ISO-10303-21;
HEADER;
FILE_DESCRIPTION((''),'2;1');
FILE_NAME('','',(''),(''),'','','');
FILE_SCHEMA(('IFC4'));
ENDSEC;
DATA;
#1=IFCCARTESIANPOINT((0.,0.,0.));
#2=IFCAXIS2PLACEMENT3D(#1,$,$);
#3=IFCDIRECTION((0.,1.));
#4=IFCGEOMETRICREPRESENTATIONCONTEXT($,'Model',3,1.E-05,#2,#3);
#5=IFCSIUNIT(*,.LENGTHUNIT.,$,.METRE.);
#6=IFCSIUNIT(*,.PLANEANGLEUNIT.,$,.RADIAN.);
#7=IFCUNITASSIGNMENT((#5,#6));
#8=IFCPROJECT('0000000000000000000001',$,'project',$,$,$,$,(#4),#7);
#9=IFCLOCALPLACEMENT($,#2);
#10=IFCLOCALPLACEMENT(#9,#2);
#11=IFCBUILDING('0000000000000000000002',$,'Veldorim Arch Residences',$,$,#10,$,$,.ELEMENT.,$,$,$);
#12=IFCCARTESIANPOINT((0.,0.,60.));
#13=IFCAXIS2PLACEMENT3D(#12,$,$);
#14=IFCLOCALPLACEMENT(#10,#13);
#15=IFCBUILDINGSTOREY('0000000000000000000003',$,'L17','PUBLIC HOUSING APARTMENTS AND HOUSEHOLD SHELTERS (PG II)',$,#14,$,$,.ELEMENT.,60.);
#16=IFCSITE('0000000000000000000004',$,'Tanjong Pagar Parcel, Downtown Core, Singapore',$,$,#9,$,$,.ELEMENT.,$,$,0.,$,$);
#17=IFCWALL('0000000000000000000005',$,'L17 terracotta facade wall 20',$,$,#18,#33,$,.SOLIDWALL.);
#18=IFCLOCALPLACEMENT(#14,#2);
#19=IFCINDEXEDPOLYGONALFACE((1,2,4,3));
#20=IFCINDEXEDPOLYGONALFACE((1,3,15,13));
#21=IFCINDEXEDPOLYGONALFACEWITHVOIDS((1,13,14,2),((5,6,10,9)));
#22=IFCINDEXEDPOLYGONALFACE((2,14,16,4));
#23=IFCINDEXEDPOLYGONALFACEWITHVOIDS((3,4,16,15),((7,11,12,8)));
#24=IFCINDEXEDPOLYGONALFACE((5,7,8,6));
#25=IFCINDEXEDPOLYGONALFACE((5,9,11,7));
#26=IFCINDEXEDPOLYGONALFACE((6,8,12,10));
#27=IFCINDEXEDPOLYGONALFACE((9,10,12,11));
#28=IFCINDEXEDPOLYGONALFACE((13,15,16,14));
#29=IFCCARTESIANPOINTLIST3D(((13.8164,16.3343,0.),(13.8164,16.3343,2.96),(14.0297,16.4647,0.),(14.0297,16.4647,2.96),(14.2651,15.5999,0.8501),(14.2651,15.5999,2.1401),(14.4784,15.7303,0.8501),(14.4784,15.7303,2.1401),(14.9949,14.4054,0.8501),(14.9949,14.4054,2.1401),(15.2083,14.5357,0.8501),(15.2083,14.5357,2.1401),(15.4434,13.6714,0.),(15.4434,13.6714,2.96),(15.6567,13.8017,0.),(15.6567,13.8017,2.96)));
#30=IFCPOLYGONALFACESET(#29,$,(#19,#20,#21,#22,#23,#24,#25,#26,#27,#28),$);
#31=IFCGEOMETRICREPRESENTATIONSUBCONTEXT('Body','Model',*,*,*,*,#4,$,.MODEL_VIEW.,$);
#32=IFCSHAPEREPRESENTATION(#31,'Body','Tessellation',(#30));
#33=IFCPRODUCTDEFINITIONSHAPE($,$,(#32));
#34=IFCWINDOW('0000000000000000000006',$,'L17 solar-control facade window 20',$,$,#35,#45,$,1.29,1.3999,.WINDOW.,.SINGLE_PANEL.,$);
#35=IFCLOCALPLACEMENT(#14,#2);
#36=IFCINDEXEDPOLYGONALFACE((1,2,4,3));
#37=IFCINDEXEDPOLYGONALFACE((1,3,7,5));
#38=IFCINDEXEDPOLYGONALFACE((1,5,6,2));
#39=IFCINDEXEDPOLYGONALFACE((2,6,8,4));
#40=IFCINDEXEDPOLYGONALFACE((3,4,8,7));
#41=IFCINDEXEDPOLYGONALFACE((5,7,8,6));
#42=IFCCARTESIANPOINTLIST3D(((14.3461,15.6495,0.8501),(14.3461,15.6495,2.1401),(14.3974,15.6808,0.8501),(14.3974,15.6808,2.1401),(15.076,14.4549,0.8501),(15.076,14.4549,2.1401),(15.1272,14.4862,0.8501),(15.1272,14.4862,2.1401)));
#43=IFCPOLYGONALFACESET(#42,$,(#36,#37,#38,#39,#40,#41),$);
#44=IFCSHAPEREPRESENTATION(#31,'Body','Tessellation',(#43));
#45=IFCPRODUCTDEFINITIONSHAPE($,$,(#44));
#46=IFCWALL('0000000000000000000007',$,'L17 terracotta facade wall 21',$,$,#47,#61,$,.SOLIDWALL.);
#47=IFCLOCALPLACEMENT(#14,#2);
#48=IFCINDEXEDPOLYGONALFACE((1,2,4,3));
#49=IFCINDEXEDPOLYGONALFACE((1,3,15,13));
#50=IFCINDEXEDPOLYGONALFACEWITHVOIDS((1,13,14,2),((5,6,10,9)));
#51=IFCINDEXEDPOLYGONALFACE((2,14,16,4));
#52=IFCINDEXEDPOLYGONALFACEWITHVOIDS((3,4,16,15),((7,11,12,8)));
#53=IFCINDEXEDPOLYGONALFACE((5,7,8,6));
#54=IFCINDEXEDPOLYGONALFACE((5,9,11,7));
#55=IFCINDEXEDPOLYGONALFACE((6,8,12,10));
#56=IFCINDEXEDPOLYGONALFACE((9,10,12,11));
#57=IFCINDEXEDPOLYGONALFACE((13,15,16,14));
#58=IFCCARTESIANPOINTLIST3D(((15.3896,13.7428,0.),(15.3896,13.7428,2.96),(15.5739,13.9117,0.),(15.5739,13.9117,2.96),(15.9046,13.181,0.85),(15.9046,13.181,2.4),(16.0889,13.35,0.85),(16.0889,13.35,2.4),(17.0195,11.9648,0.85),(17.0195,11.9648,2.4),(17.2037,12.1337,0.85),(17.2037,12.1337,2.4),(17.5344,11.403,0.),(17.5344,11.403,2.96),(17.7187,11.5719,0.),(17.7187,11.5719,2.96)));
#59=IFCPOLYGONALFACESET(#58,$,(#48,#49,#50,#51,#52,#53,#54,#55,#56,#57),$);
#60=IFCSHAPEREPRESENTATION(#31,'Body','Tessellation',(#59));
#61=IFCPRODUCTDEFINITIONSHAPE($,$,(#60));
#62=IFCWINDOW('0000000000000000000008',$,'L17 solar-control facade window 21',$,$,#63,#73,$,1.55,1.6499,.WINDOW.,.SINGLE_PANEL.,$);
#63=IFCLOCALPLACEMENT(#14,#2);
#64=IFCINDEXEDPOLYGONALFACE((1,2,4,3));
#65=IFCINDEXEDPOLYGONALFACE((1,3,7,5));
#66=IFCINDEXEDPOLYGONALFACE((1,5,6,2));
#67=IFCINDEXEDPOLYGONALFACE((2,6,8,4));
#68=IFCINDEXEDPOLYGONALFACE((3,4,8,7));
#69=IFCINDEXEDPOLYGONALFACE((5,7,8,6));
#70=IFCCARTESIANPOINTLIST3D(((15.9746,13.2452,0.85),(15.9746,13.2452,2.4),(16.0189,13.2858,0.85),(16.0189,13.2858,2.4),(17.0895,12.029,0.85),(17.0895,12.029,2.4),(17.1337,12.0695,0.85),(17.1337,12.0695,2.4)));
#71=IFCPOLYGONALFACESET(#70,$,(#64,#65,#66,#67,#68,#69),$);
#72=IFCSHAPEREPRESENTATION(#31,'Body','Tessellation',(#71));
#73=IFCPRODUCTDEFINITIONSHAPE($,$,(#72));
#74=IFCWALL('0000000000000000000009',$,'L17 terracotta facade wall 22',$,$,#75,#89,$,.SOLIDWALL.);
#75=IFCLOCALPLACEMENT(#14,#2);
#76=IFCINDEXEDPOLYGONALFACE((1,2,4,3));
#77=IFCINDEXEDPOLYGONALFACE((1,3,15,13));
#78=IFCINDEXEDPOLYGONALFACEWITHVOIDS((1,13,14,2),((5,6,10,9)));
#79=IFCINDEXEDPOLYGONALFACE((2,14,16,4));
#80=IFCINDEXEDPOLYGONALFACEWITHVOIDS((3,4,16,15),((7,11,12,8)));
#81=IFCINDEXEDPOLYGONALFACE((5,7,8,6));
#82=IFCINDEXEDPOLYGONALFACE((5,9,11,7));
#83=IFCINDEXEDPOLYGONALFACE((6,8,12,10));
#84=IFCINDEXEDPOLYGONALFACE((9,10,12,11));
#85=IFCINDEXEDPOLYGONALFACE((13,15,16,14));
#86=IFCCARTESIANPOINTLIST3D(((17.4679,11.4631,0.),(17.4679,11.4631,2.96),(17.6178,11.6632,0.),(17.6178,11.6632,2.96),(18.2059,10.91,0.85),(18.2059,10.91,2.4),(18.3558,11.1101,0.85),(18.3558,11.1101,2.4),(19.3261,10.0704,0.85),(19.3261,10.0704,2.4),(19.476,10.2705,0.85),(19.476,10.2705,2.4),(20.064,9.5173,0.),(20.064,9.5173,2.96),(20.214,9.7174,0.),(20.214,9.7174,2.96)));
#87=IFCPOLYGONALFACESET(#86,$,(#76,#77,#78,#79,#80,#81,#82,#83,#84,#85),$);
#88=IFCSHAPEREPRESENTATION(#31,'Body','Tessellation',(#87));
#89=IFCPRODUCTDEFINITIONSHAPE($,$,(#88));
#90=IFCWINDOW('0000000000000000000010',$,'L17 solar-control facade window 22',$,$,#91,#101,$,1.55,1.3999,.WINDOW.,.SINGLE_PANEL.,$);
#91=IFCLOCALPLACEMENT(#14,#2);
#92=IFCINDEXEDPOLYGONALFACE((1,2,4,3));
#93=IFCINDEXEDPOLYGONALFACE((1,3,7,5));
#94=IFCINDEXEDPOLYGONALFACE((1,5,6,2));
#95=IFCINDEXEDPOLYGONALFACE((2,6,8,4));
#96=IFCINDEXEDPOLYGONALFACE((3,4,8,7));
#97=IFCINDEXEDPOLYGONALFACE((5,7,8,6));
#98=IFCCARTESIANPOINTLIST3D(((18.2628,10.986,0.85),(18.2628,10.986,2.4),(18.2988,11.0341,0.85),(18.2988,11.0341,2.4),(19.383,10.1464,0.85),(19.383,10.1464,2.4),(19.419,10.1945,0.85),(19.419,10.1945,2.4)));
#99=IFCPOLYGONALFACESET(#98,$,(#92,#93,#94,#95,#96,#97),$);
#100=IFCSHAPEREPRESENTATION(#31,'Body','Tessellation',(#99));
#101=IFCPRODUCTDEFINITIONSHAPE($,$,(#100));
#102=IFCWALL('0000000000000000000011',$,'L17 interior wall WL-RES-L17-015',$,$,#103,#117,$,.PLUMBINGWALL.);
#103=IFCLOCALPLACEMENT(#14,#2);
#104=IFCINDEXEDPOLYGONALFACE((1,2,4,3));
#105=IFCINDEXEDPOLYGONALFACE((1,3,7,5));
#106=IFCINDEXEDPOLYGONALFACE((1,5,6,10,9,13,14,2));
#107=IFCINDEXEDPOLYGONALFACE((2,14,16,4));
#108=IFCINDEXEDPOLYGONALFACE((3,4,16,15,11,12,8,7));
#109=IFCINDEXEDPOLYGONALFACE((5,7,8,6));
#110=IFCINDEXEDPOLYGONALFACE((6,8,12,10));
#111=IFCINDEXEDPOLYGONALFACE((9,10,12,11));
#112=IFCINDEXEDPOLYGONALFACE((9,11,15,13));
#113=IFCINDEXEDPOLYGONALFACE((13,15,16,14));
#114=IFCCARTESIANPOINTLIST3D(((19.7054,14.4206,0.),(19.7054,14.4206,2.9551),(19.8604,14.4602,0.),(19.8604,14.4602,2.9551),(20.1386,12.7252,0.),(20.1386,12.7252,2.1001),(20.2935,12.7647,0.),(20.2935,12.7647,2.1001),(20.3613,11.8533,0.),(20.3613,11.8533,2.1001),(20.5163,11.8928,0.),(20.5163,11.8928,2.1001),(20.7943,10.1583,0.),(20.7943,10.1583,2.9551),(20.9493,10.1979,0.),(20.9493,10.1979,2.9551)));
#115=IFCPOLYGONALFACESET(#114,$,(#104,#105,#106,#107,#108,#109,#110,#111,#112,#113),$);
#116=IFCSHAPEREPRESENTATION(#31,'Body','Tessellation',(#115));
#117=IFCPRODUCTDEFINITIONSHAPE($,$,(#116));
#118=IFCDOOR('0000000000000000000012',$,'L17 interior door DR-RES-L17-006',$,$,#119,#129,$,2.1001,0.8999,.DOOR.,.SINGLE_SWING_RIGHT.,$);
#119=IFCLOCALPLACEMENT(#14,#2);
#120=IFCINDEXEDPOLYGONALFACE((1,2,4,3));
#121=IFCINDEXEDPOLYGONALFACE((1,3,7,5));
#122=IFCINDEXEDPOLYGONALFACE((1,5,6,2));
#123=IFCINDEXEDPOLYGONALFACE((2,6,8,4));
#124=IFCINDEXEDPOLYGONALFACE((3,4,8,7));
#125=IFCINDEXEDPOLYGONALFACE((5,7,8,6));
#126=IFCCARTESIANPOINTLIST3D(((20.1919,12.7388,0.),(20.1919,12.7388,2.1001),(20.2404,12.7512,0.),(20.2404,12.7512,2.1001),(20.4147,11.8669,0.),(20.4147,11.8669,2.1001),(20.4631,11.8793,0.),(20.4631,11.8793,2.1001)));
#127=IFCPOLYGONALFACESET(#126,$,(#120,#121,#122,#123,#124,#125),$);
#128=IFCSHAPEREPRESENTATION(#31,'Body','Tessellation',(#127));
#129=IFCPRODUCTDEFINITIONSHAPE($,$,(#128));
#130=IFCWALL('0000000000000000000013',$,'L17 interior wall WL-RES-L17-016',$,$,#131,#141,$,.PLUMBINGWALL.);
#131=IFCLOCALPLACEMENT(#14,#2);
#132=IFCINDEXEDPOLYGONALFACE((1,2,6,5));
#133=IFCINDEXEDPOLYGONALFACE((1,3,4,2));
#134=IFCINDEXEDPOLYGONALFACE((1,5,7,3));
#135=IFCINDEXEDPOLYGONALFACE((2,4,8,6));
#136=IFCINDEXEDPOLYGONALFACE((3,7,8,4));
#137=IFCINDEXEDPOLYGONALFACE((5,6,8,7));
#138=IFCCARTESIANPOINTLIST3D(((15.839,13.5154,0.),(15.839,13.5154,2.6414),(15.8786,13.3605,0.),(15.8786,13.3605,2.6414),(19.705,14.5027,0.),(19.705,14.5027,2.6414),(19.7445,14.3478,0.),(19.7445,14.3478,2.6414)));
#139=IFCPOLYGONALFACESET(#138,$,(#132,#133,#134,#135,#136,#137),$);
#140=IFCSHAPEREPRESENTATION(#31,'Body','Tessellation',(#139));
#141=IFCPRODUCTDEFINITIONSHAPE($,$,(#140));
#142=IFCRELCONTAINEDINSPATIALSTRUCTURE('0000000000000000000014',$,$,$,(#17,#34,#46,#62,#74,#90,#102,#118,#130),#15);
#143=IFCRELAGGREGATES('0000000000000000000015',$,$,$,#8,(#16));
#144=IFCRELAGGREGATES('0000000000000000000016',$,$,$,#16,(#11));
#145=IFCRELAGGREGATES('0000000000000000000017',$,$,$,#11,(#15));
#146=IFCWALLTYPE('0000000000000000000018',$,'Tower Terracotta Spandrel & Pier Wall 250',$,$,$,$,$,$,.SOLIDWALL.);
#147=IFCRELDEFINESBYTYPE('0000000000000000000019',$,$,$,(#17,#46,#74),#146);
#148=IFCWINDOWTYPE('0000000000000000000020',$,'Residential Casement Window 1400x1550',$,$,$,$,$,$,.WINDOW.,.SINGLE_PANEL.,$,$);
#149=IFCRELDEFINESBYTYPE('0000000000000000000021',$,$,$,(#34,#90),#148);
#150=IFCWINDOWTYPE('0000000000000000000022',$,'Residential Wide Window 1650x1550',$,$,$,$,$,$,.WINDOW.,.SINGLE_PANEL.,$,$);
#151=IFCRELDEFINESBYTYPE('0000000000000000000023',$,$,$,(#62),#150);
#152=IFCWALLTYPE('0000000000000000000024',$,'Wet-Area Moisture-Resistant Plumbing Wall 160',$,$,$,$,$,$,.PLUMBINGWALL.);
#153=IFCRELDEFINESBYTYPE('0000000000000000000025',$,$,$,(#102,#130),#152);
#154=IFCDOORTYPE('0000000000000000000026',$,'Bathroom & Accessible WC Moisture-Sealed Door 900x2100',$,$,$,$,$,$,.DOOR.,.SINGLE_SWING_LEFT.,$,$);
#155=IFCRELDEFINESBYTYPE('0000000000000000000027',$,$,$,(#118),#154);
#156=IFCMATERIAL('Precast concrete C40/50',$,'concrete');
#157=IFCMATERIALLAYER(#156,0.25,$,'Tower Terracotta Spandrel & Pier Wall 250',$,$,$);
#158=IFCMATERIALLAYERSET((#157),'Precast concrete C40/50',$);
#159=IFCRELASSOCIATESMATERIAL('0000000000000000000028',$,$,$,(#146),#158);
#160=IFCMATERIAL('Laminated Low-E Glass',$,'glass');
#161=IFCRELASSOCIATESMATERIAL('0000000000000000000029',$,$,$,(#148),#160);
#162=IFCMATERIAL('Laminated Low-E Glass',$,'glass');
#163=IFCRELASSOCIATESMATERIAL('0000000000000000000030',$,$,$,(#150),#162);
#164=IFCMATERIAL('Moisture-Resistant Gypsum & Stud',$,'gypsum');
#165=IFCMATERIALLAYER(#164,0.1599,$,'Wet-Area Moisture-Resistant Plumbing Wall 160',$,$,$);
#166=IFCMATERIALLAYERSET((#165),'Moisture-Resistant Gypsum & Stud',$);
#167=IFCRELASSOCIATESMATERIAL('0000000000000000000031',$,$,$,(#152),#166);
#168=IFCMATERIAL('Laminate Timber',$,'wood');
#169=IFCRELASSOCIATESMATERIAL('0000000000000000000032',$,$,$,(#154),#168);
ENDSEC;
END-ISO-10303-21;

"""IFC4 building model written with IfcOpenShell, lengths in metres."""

from ifc_helpers import new_model, si_unit, direction, frame, frame_2d, origin, place, context, subcontext, project, spatial, rectangle, extrude, material, layer, layer_set, type_object, element, fill, save


model = new_model("IFC4")

# Units and contexts
model_context = context("Model", 3, precision=1e-05, world=origin(), true_north=direction((0.0, 1.0)))
body_context = subcontext(model_context, "Body", "Model", "MODEL_VIEW")
ifc_project = project(units=[si_unit("LENGTHUNIT", "METRE"), si_unit("PLANEANGLEUNIT", "RADIAN")], contexts=[model_context])

# Site, building, storey
site_placement = place(None, origin())
site = spatial("IfcSite", under=ifc_project, at=site_placement, Name="Tanjong Pagar Parcel, Downtown Core, Singapore", CompositionType="ELEMENT", RefElevation=0.0)
building_placement = place(site_placement, origin())
building = spatial("IfcBuilding", under=site, at=building_placement, Name="Veldorim Arch Residences", CompositionType="ELEMENT")
storey_placement = place(building_placement, frame((0.0, 0.0, 60.0)))
storey = spatial("IfcBuildingStorey", under=building, at=storey_placement, Name="L17", Description="PUBLIC HOUSING APARTMENTS AND HOUSEHOLD SHELTERS (PG II)", CompositionType="ELEMENT", Elevation=60.0)

# Walls, openings, windows
ifc_material_1 = material(Name="Precast concrete C40/50", Category="concrete")
ifc_layer_1 = layer(ifc_material_1, 0.25, Name="Tower Terracotta Spandrel & Pier Wall 250")
ifc_layer_set_1 = layer_set([ifc_layer_1], Name="Precast concrete C40/50")
wall_type_1 = type_object("IfcWallType", Name="Tower Terracotta Spandrel & Pier Wall 250", PredefinedType="SOLIDWALL", material=ifc_layer_set_1)
wall_1_placement = place(storey_placement, frame((15.55, 13.7366, 0.0), z_axis=(0.0, 0.0, 1.0), x_axis=(-0.521371, 0.85333, 0.0)))
wall_1 = element("IfcWall", 1, at=wall_1_placement, inside=storey, type_object=wall_type_1, Name="L17 terracotta facade wall 20", PredefinedType="SOLIDWALL", context=body_context, shape_type="SweptSolid", body=[
    extrude(rectangle(XDim=3.1206, YDim=0.25, at=frame_2d((1.5603, 0.0))), origin(), (0.0, 0.0, 1.0), 2.96),
])
opening_1_placement = place(wall_1_placement, frame((0.8601, 0.0, 0.8501)))
opening_1 = element("IfcOpeningElement", 2, at=opening_1_placement, cuts=wall_1, PredefinedType="OPENING", context=body_context, shape_type="SweptSolid", body=[
    extrude(rectangle(XDim=1.3999, YDim=1.29, at=frame_2d((0.7, 0.645))), frame((0.0, 0.135, 0.0), z_axis=(0.0, -1.0, 0.0), x_axis=(1.0, 0.0, 0.0)), (0.0, 0.0, 1.0), 0.27),
])
ifc_material_2 = material(Name="Laminated Low-E Glass", Category="glass")
window_type_1 = type_object("IfcWindowType", Name="Residential Casement Window 1400x1550", PartitioningType="SINGLE_PANEL", PredefinedType="WINDOW", material=ifc_material_2)
window_1_placement = place(opening_1_placement, origin())
window_1 = element("IfcWindow", 3, at=window_1_placement, inside=storey, type_object=window_type_1, Name="L17 solar-control facade window 20", OverallHeight=1.29, OverallWidth=1.3999, PartitioningType="SINGLE_PANEL", PredefinedType="WINDOW", context=body_context, shape_type="SweptSolid", body=[
    extrude(rectangle(XDim=1.3999, YDim=1.29, at=frame_2d((0.7, 0.645))), frame((0.0, 0.03, 0.0), z_axis=(0.0, -1.0, 0.0), x_axis=(1.0, 0.0, 0.0)), (0.0, 0.0, 1.0), 0.0601),
])
fill(opening_1, window_1)
wall_2_placement = place(storey_placement, frame((17.6265, 11.4875, 0.0), z_axis=(0.0, 0.0, 1.0), x_axis=(-0.675711, 0.737167, 0.0)))
wall_2 = element("IfcWall", 4, at=wall_2_placement, inside=storey, type_object=wall_type_1, Name="L17 terracotta facade wall 21", PredefinedType="SOLIDWALL", context=body_context, shape_type="SweptSolid", body=[
    extrude(rectangle(XDim=3.1741, YDim=0.25, at=frame_2d((1.5869, 0.0))), origin(), (0.0, 0.0, 1.0), 2.96),
])
opening_2_placement = place(wall_2_placement, frame((0.762, 0.0, 0.8501)))
opening_2 = element("IfcOpeningElement", 5, at=opening_2_placement, cuts=wall_2, PredefinedType="OPENING", context=body_context, shape_type="SweptSolid", body=[
    extrude(rectangle(XDim=1.6499, YDim=1.55, at=frame_2d((0.825, 0.7749))), frame((0.0, 0.135, 0.0), z_axis=(0.0, -1.0, 0.0), x_axis=(1.0, 0.0, 0.0)), (0.0, 0.0, 1.0), 0.27),
])
ifc_material_3 = material(Name="Laminated Low-E Glass", Category="glass")
window_type_2 = type_object("IfcWindowType", Name="Residential Wide Window 1650x1550", PartitioningType="SINGLE_PANEL", PredefinedType="WINDOW", material=ifc_material_3)
window_2_placement = place(opening_2_placement, origin())
window_2 = element("IfcWindow", 6, at=window_2_placement, inside=storey, type_object=window_type_2, Name="L17 solar-control facade window 21", OverallHeight=1.55, OverallWidth=1.6499, PartitioningType="SINGLE_PANEL", PredefinedType="WINDOW", context=body_context, shape_type="SweptSolid", body=[
    extrude(rectangle(XDim=1.6499, YDim=1.55, at=frame_2d((0.825, 0.7749))), frame((0.0, 0.03, 0.0), z_axis=(0.0, -1.0, 0.0), x_axis=(1.0, 0.0, 0.0)), (0.0, 0.0, 1.0), 0.0601),
])
fill(opening_2, window_2)
wall_3_placement = place(storey_placement, frame((20.1389, 9.6174, 0.0), z_axis=(0.0, 0.0, 1.0), x_axis=(-0.800199, 0.599735, 0.0)))
wall_3 = element("IfcWall", 7, at=wall_3_placement, inside=storey, type_object=wall_type_1, Name="L17 terracotta facade wall 22", PredefinedType="SOLIDWALL", context=body_context, shape_type="SweptSolid", body=[
    extrude(rectangle(XDim=3.2444, YDim=0.25, at=frame_2d((1.6221, 0.0))), origin(), (0.0, 0.0, 1.0), 2.96),
])
opening_3_placement = place(wall_3_placement, frame((0.9221, 0.0, 0.8501)))
opening_3 = element("IfcOpeningElement", 8, at=opening_3_placement, cuts=wall_3, PredefinedType="OPENING", context=body_context, shape_type="SweptSolid", body=[
    extrude(rectangle(XDim=1.3999, YDim=1.55, at=frame_2d((0.7, 0.7749))), frame((0.0, 0.135, 0.0), z_axis=(0.0, -1.0, 0.0), x_axis=(1.0, 0.0, 0.0)), (0.0, 0.0, 1.0), 0.27),
])
window_3_placement = place(opening_3_placement, origin())
window_3 = element("IfcWindow", 9, at=window_3_placement, inside=storey, type_object=window_type_1, Name="L17 solar-control facade window 22", OverallHeight=1.55, OverallWidth=1.3999, PartitioningType="SINGLE_PANEL", PredefinedType="WINDOW", context=body_context, shape_type="SweptSolid", body=[
    extrude(rectangle(XDim=1.3999, YDim=1.55, at=frame_2d((0.7, 0.7749))), frame((0.0, 0.03, 0.0), z_axis=(0.0, -1.0, 0.0), x_axis=(1.0, 0.0, 0.0)), (0.0, 0.0, 1.0), 0.0601),
])
fill(opening_3, window_3)

# Wall, opening, door
ifc_material_4 = material(Name="Moisture-Resistant Gypsum & Stud", Category="gypsum")
ifc_layer_2 = layer(ifc_material_4, 0.1599, Name="Wet-Area Moisture-Resistant Plumbing Wall 160")
ifc_layer_set_2 = layer_set([ifc_layer_2], Name="Moisture-Resistant Gypsum & Stud")
wall_type_2 = type_object("IfcWallType", Name="Wet-Area Moisture-Resistant Plumbing Wall 160", PredefinedType="PLUMBINGWALL", material=ifc_layer_set_2)
wall_4_placement = place(storey_placement, frame((20.8718, 10.178, 0.0), z_axis=(0.0, 0.0, 1.0), x_axis=(-0.247521, 0.968883, 0.0)))
wall_4 = element("IfcWall", 10, at=wall_4_placement, inside=storey, type_object=wall_type_2, Name="L17 interior wall WL-RES-L17-015", PredefinedType="PLUMBINGWALL", context=body_context, shape_type="SweptSolid", body=[
    extrude(rectangle(XDim=4.3992, YDim=0.1599, at=frame_2d((2.1997, 0.0))), origin(), (0.0, 0.0, 1.0), 2.9551),
])
opening_4_placement = place(wall_4_placement, frame((1.7495, 0.0, 0.0)))
opening_4 = element("IfcOpeningElement", 11, at=opening_4_placement, cuts=wall_4, PredefinedType="OPENING", context=body_context, shape_type="SweptSolid", body=[
    extrude(rectangle(XDim=0.8999, YDim=2.1001, at=frame_2d((0.45, 1.05))), frame((0.0, 0.0898, 0.0), z_axis=(0.0, -1.0, 0.0), x_axis=(1.0, 0.0, 0.0)), (0.0, 0.0, 1.0), 0.1799),
])
ifc_material_5 = material(Name="Laminate Timber", Category="wood")
door_type_1 = type_object("IfcDoorType", Name="Bathroom & Accessible WC Moisture-Sealed Door 900x2100", OperationType="SINGLE_SWING_LEFT", PredefinedType="DOOR", material=ifc_material_5)
door_1_placement = place(opening_4_placement, origin())
door_1 = element("IfcDoor", 12, at=door_1_placement, inside=storey, type_object=door_type_1, Name="L17 interior door DR-RES-L17-006", OperationType="SINGLE_SWING_RIGHT", OverallHeight=2.1001, OverallWidth=0.8999, PredefinedType="DOOR", context=body_context, shape_type="SweptSolid", body=[
    extrude(rectangle(XDim=0.8999, YDim=2.1001, at=frame_2d((0.45, 1.05))), frame((0.0, 0.0249, 0.0), z_axis=(0.0, -1.0, 0.0), x_axis=(1.0, 0.0, 0.0)), (0.0, 0.0, 1.0), 0.05),
])
fill(opening_4, door_1)

# Wall
wall_5_placement = place(storey_placement, frame((19.7249, 14.4253, 0.0), z_axis=(0.0, 0.0, 1.0), x_axis=(-0.968903, -0.247442, 0.0)))
element("IfcWall", 13, at=wall_5_placement, inside=storey, type_object=wall_type_2, Name="L17 interior wall WL-RES-L17-016", PredefinedType="PLUMBINGWALL", context=body_context, shape_type="SweptSolid", body=[
    extrude(rectangle(XDim=3.99, YDim=0.1599, at=frame_2d((1.9951, 0.0))), origin(), (0.0, 0.0, 1.0), 2.6414),
])

save(model, "model.ifc")
